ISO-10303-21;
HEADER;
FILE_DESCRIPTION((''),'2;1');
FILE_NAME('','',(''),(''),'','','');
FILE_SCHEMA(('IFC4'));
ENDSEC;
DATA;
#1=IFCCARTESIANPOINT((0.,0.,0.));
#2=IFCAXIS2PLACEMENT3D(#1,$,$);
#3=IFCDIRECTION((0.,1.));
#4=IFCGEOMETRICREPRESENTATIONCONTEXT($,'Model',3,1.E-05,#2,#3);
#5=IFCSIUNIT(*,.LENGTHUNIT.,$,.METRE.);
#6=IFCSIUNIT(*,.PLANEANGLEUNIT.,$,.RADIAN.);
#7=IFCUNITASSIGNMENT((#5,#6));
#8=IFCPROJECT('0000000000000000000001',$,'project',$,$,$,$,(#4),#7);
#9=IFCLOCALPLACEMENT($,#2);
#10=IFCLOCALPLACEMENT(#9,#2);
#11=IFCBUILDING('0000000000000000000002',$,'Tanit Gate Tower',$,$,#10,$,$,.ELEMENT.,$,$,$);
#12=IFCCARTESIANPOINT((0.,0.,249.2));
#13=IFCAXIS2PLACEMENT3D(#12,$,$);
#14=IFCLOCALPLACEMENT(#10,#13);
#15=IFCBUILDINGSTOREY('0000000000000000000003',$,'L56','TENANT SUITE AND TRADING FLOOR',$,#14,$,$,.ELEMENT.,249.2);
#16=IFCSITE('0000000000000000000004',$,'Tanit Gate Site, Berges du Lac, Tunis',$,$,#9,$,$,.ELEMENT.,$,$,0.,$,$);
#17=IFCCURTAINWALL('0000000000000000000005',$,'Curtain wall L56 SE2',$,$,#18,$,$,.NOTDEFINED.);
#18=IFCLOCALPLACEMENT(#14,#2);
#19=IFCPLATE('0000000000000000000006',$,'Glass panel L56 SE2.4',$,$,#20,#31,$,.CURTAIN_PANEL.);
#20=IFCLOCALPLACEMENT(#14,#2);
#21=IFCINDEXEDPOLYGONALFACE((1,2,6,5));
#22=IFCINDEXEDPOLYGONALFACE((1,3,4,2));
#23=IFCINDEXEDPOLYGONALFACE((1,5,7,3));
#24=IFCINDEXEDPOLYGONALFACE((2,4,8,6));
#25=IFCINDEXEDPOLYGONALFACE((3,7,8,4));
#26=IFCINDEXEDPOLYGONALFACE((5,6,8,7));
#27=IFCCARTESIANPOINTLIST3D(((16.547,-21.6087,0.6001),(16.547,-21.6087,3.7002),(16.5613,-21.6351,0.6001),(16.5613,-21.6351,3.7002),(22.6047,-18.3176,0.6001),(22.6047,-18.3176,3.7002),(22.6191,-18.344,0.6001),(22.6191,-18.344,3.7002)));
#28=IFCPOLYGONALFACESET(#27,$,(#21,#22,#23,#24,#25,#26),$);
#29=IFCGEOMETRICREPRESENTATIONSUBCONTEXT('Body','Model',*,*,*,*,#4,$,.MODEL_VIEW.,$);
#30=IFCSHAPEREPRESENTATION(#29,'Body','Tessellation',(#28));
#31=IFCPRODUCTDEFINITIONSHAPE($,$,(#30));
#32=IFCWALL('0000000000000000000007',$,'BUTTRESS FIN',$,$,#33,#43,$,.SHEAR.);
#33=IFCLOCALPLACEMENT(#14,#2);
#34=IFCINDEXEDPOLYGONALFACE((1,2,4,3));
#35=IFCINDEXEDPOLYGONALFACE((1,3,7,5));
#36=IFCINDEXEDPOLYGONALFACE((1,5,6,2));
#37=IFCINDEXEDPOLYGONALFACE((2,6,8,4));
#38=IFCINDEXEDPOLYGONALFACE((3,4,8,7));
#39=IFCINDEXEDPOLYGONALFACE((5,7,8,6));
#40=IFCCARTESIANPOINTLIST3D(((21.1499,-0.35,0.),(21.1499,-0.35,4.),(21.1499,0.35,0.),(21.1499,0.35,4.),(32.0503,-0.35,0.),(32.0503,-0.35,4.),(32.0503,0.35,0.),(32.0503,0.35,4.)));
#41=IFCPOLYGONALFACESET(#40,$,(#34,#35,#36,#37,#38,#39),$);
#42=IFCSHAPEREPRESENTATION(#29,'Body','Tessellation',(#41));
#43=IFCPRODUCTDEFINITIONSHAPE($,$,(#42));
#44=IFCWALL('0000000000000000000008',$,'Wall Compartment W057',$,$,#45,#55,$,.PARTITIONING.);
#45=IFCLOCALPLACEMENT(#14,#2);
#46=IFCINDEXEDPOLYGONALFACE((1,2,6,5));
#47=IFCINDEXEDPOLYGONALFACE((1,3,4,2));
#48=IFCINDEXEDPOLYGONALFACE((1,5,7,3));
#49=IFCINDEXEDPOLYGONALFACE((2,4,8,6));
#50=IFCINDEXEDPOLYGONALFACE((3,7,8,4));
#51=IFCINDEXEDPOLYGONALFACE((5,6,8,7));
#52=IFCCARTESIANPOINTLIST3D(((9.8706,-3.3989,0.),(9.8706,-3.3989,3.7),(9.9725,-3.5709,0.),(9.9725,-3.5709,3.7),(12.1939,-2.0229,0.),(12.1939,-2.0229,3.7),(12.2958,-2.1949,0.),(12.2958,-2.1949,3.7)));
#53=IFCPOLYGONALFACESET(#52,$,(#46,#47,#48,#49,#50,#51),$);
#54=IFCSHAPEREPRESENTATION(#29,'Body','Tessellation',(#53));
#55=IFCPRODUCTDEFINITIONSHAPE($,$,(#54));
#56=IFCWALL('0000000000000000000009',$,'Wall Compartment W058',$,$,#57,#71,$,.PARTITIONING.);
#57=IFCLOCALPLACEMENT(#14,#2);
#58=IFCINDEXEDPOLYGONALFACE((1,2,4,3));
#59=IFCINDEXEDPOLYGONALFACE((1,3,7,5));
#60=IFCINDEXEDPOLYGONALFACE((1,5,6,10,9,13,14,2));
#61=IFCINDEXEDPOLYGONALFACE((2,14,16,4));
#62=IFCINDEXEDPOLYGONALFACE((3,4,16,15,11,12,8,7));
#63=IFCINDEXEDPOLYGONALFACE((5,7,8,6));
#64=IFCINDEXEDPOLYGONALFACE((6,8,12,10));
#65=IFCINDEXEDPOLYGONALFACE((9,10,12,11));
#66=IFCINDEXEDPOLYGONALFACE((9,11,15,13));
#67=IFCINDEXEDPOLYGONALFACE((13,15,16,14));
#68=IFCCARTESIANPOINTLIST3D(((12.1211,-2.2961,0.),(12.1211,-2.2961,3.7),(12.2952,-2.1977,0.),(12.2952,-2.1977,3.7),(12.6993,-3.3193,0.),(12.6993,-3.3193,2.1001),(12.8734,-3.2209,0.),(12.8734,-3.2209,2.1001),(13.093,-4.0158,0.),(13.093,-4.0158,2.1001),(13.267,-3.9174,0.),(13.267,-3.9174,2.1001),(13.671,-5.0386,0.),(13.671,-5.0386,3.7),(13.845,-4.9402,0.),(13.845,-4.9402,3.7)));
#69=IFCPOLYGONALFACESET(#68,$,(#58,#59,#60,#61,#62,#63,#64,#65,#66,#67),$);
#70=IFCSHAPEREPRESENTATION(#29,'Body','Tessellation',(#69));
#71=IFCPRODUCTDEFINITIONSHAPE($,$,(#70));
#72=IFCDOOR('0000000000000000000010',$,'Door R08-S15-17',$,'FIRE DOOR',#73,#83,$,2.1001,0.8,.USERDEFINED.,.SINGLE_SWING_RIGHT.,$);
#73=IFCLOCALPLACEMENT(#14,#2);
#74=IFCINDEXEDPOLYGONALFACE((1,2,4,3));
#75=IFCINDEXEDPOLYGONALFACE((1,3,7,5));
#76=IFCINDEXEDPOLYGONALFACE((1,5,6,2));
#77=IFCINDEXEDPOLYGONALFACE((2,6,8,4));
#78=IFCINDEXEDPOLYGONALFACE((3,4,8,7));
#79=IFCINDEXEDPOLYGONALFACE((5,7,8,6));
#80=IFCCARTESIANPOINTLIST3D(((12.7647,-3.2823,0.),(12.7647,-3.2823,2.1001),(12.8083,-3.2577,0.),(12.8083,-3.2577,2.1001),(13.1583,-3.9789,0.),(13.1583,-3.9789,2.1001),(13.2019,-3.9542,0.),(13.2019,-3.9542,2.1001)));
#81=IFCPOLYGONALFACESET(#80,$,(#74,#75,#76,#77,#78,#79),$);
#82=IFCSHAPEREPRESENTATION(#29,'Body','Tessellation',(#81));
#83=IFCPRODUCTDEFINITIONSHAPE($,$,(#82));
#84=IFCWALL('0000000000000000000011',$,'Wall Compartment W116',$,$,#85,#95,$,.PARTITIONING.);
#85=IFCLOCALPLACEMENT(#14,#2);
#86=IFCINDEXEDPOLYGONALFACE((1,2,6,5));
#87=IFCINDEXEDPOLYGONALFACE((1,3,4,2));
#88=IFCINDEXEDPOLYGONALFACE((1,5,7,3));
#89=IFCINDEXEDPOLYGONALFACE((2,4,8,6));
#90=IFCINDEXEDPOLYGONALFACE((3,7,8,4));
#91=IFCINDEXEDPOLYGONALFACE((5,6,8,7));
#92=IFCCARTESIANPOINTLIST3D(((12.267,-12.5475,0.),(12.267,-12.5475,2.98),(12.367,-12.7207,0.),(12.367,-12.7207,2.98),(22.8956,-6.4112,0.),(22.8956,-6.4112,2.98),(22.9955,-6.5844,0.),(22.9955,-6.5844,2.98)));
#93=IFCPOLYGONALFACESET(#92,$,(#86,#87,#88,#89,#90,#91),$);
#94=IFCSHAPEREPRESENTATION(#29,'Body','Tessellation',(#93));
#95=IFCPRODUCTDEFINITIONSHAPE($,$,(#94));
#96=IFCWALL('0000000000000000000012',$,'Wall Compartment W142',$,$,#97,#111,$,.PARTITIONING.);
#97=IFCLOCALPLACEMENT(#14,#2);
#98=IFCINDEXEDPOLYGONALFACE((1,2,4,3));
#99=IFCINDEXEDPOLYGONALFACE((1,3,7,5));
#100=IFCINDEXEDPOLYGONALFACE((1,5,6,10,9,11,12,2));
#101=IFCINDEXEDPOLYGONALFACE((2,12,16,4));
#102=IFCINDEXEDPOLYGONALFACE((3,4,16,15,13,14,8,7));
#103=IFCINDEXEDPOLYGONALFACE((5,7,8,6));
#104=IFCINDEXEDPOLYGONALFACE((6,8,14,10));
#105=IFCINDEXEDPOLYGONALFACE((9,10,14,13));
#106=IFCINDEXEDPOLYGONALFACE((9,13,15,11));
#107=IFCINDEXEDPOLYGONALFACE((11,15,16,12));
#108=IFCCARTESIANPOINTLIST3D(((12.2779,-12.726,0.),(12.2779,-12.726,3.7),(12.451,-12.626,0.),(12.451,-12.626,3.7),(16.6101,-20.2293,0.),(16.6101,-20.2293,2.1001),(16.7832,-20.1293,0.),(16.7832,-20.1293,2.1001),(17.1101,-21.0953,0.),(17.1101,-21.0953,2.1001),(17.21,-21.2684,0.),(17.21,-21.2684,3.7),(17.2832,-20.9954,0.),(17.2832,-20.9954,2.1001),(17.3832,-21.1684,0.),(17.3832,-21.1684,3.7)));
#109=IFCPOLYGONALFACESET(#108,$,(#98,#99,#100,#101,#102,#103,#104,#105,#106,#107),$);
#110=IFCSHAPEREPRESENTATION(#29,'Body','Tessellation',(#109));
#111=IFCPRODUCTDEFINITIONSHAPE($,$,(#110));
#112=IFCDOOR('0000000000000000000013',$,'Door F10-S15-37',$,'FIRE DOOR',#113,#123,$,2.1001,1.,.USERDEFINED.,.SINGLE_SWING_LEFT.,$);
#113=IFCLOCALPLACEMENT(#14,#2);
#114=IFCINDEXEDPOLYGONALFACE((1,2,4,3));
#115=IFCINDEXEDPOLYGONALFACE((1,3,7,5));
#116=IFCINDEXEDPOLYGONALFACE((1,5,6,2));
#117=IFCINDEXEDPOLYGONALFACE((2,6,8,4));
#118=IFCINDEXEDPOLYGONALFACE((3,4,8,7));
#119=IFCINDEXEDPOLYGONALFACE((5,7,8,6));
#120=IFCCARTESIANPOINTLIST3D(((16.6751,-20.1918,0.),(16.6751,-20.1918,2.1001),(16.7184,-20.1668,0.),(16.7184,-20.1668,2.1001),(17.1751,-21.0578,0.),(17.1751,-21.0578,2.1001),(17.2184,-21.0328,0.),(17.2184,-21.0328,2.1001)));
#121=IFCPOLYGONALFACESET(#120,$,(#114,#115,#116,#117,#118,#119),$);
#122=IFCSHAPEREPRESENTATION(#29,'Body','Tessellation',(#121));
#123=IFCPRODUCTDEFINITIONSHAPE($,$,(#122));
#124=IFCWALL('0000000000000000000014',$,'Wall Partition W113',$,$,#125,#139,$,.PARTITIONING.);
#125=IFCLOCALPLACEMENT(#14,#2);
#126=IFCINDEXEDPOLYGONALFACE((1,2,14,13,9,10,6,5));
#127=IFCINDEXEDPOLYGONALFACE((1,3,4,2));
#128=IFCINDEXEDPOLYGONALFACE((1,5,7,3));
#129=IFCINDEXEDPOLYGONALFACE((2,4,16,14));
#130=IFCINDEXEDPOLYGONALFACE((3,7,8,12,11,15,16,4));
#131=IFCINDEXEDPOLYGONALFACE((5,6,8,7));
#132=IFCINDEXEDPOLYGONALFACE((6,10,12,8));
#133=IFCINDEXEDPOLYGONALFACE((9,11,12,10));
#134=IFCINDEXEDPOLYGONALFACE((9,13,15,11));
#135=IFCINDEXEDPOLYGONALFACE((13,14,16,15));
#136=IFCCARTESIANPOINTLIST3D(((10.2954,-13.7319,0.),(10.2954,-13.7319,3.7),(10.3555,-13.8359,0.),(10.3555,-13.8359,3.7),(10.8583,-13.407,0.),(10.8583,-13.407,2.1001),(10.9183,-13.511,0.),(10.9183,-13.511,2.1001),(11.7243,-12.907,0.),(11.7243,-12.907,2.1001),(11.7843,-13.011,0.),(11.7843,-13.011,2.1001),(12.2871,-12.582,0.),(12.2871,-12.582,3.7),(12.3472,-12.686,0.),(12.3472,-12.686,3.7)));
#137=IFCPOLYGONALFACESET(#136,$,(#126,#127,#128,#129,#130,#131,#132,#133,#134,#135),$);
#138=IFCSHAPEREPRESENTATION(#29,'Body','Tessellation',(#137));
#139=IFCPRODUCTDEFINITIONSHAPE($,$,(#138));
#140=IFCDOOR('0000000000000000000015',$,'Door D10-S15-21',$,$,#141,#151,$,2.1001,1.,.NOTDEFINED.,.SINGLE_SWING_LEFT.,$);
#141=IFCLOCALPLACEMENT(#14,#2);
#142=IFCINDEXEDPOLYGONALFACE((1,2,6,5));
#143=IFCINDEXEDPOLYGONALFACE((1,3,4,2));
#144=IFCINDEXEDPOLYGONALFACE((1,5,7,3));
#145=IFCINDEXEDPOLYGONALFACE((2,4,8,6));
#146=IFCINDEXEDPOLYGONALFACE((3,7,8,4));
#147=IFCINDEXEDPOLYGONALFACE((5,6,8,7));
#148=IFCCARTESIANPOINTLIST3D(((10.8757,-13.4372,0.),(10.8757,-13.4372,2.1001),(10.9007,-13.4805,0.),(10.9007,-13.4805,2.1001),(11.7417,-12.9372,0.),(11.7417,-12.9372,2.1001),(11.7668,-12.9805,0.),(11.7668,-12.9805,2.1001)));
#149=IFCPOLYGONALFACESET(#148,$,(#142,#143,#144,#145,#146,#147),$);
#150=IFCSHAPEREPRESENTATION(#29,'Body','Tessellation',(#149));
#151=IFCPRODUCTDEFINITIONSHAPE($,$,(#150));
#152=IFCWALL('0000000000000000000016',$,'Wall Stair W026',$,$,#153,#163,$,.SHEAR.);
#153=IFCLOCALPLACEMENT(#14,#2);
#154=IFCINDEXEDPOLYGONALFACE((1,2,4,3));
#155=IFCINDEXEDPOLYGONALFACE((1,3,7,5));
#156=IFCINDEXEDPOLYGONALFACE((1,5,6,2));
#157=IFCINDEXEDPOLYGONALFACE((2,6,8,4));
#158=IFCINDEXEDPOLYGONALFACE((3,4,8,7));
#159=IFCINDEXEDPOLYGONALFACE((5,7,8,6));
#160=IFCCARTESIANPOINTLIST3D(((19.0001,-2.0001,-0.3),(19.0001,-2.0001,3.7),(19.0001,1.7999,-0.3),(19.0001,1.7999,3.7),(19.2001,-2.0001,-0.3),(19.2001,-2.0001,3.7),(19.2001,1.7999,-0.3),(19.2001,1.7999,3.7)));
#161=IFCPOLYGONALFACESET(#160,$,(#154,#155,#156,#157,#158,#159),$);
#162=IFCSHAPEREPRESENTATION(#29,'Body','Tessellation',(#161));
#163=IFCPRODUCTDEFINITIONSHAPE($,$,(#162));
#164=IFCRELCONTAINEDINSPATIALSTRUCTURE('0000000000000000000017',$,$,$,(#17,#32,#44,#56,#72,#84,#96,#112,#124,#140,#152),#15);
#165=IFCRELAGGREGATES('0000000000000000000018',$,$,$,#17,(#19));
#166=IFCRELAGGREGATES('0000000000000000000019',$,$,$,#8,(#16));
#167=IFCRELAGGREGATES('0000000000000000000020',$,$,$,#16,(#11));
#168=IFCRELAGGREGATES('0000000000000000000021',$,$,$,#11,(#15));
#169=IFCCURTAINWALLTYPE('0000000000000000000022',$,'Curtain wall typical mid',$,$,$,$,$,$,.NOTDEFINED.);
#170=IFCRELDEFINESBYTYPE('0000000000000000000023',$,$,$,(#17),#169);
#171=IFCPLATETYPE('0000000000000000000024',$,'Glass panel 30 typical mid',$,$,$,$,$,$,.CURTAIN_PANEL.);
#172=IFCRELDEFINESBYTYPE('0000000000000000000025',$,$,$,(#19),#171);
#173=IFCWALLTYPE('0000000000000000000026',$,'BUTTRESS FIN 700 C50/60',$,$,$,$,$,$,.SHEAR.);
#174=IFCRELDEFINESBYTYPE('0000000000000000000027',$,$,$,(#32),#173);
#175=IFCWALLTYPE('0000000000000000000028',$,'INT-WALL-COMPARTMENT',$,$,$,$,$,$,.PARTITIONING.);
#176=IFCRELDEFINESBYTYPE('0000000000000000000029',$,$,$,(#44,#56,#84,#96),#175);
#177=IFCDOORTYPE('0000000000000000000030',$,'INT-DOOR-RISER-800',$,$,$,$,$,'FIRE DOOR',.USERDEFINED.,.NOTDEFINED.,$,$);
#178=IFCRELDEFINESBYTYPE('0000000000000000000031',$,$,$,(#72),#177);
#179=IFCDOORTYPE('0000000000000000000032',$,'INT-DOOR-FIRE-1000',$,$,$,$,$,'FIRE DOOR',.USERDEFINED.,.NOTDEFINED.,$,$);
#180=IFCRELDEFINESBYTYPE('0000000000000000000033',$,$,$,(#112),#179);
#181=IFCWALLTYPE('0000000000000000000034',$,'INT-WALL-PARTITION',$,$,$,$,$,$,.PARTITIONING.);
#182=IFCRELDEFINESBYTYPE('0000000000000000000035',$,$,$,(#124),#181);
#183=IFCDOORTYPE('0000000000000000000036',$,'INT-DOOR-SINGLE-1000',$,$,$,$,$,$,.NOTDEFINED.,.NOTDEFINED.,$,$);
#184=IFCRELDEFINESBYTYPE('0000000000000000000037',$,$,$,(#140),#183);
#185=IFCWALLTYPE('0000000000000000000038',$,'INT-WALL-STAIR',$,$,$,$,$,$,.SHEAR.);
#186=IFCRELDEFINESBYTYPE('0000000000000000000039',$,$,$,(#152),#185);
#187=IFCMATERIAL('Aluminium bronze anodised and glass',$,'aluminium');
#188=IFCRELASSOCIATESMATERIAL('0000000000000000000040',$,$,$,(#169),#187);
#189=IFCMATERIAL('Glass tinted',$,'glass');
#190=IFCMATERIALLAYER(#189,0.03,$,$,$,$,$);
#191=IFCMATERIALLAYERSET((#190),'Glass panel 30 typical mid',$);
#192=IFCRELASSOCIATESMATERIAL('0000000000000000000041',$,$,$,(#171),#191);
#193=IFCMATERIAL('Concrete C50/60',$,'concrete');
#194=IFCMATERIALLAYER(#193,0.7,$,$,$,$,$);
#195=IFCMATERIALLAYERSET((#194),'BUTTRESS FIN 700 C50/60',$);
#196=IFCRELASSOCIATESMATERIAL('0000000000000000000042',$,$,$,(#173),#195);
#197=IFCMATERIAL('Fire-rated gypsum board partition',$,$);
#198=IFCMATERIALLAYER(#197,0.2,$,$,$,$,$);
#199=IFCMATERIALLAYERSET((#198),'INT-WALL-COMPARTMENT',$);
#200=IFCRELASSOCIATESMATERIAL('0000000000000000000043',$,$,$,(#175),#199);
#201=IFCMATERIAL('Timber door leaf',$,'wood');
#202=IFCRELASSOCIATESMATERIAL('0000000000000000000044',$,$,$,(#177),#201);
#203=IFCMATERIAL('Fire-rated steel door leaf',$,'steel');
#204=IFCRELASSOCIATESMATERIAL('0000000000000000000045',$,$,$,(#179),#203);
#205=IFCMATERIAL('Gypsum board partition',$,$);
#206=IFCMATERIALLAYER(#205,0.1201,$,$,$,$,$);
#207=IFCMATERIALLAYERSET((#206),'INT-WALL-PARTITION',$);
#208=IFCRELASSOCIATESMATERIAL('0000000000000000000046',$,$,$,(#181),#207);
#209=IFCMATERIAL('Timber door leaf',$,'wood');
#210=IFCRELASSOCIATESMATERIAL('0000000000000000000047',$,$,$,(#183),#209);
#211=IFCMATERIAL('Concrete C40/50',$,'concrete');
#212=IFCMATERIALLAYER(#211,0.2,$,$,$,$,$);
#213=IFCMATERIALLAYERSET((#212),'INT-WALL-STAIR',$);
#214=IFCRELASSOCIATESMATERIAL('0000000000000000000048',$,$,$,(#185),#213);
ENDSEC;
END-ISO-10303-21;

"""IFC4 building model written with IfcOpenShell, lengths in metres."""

from ifc_helpers import new_model, si_unit, direction, frame, frame_2d, origin, origin_2d, place, context, subcontext, project, spatial, rectangle, extrude, material, layer, layer_set, type_object, element, fill, aggregate, save


model = new_model("IFC4")

# Units and contexts
model_context = context("Model", 3, precision=1e-05, world=origin(), true_north=direction((0.0, 1.0)))
body_context = subcontext(model_context, "Body", "Model", "MODEL_VIEW")
ifc_project = project(units=[si_unit("LENGTHUNIT", "METRE"), si_unit("PLANEANGLEUNIT", "RADIAN")], contexts=[model_context])

# Site, building, storey
site_placement = place(None, origin())
site = spatial("IfcSite", under=ifc_project, at=site_placement, Name="Tanit Gate Site, Berges du Lac, Tunis", CompositionType="ELEMENT", RefElevation=0.0)
building_placement = place(site_placement, origin())
building = spatial("IfcBuilding", under=site, at=building_placement, Name="Tanit Gate Tower", CompositionType="ELEMENT")
storey_placement = place(building_placement, frame((0.0, 0.0, 249.2)))
storey = spatial("IfcBuildingStorey", under=building, at=storey_placement, Name="L56", Description="TENANT SUITE AND TRADING FLOOR", CompositionType="ELEMENT", Elevation=249.2)

# Curtain wall
ifc_material_1 = material(Name="Aluminium bronze anodised and glass", Category="aluminium")
curtain_wall_type = type_object("IfcCurtainWallType", Name="Curtain wall typical mid", PredefinedType="NOTDEFINED", material=ifc_material_1)
curtain_wall_placement = place(storey_placement, origin())
curtain_wall = element("IfcCurtainWall", 1, at=curtain_wall_placement, inside=storey, type_object=curtain_wall_type, Name="Curtain wall L56 SE2", PredefinedType="NOTDEFINED")

# Plate
ifc_material_2 = material(Name="Glass tinted", Category="glass")
ifc_layer_1 = layer(ifc_material_2, 0.03)
ifc_layer_set_1 = layer_set([ifc_layer_1], Name="Glass panel 30 typical mid")
plate_type = type_object("IfcPlateType", Name="Glass panel 30 typical mid", PredefinedType="CURTAIN_PANEL", material=ifc_layer_set_1)
plate_1_placement = place(storey_placement, frame((19.583, -19.9763, 0.6001), z_axis=(0.0, 0.0, 1.0), x_axis=(0.878696, 0.477381, 0.0)))
plate_1 = element("IfcPlate", 2, at=plate_1_placement, type_object=plate_type, Name="Glass panel L56 SE2.4", PredefinedType="CURTAIN_PANEL", context=body_context, shape_type="SweptSolid", body=[
    extrude(rectangle(XDim=6.894, YDim=0.03, at=origin_2d()), origin(), (0.0, 0.0, 1.0), 3.1001),
])
aggregate(curtain_wall, [plate_1])

# Walls
ifc_material_3 = material(Name="Concrete C50/60", Category="concrete")
ifc_layer_2 = layer(ifc_material_3, 0.7)
ifc_layer_set_2 = layer_set([ifc_layer_2], Name="BUTTRESS FIN 700 C50/60")
wall_type_1 = type_object("IfcWallType", Name="BUTTRESS FIN 700 C50/60", PredefinedType="SHEAR", material=ifc_layer_set_2)
wall_1_placement = place(storey_placement, frame((21.1499, 0.0, 0.0), z_axis=(0.0, 0.0, 1.0), x_axis=(1.0, 0.0, 0.0)))
element("IfcWall", 3, at=wall_1_placement, inside=storey, type_object=wall_type_1, Name="BUTTRESS FIN", PredefinedType="SHEAR", context=body_context, shape_type="SweptSolid", body=[
    extrude(rectangle(XDim=10.9004, YDim=0.7, at=frame_2d((5.4502, 0.0))), origin(), (0.0, 0.0, 1.0), 4.0),
])
ifc_material_4 = material(Name="Fire-rated gypsum board partition")
ifc_layer_3 = layer(ifc_material_4, 0.2)
ifc_layer_set_3 = layer_set([ifc_layer_3], Name="INT-WALL-COMPARTMENT")
wall_type_2 = type_object("IfcWallType", Name="INT-WALL-COMPARTMENT", PredefinedType="PARTITIONING", material=ifc_layer_set_3)
wall_2_placement = place(storey_placement, frame((12.2449, -2.1089, 0.0), z_axis=(0.0, 0.0, 1.0), x_axis=(-0.860415, -0.509594, 0.0)))
element("IfcWall", 4, at=wall_2_placement, inside=storey, type_object=wall_type_2, Name="Wall Compartment W057", PredefinedType="PARTITIONING", context=body_context, shape_type="SweptSolid", body=[
    extrude(rectangle(XDim=2.7002, YDim=0.2, at=frame_2d((1.3501, 0.0))), origin(), (0.0, 0.0, 1.0), 3.7),
])

# Wall, opening, door
wall_3_placement = place(storey_placement, frame((13.7581, -4.9895, 0.0), z_axis=(0.0, 0.0, 1.0), x_axis=(-0.491993, 0.870599, 0.0)))
wall_3 = element("IfcWall", 5, at=wall_3_placement, inside=storey, type_object=wall_type_2, Name="Wall Compartment W058", PredefinedType="PARTITIONING", context=body_context, shape_type="SweptSolid", body=[
    extrude(rectangle(XDim=3.1501, YDim=0.2, at=frame_2d((1.5752, 0.0))), origin(), (0.0, 0.0, 1.0), 3.7),
])
opening_1_placement = place(wall_3_placement, frame((1.175, 0.0, 0.0)))
opening_1 = element("IfcOpeningElement", 6, at=opening_1_placement, cuts=wall_3, PredefinedType="OPENING", context=body_context, shape_type="SweptSolid", body=[
    extrude(rectangle(XDim=0.8, YDim=2.1001, at=frame_2d((0.3999, 1.05))), frame((0.0, 0.1099, 0.0), z_axis=(0.0, -1.0, 0.0), x_axis=(1.0, 0.0, 0.0)), (0.0, 0.0, 1.0), 0.22),
])
ifc_material_5 = material(Name="Timber door leaf", Category="wood")
door_type_1 = type_object("IfcDoorType", Name="INT-DOOR-RISER-800", ElementType="FIRE DOOR", OperationType="NOTDEFINED", PredefinedType="USERDEFINED", material=ifc_material_5)
door_1_placement = place(opening_1_placement, origin())
door_1 = element("IfcDoor", 7, at=door_1_placement, inside=storey, type_object=door_type_1, Name="Door R08-S15-17", ObjectType="FIRE DOOR", OperationType="SINGLE_SWING_RIGHT", OverallHeight=2.1001, OverallWidth=0.8, PredefinedType="USERDEFINED", context=body_context, shape_type="SweptSolid", body=[
    extrude(rectangle(XDim=0.8, YDim=2.1001, at=frame_2d((0.3999, 1.05))), frame((0.0, 0.0249, 0.0), z_axis=(0.0, -1.0, 0.0), x_axis=(1.0, 0.0, 0.0)), (0.0, 0.0, 1.0), 0.05),
])
fill(opening_1, door_1)

# Wall
wall_4_placement = place(storey_placement, frame((12.3171, -12.634, 0.0), z_axis=(0.0, 0.0, 1.0), x_axis=(0.866029, 0.499995, 0.0)))
element("IfcWall", 8, at=wall_4_placement, inside=storey, type_object=wall_type_2, Name="Wall Compartment W116", PredefinedType="PARTITIONING", context=body_context, shape_type="SweptSolid", body=[
    extrude(rectangle(XDim=12.2727, YDim=0.2, at=frame_2d((6.1362, 0.0))), origin(), (0.0, 0.0, 1.0), 2.98),
])

# Walls, openings, doors
wall_5_placement = place(storey_placement, frame((17.2966, -21.2185, 0.0), z_axis=(0.0, 0.0, 1.0), x_axis=(-0.50001, 0.86602, 0.0)))
wall_5 = element("IfcWall", 9, at=wall_5_placement, inside=storey, type_object=wall_type_2, Name="Wall Compartment W142", PredefinedType="PARTITIONING", context=body_context, shape_type="SweptSolid", body=[
    extrude(rectangle(XDim=9.864, YDim=0.2, at=frame_2d((4.9321, 0.0))), origin(), (0.0, 0.0, 1.0), 3.7),
])
opening_2_placement = place(wall_5_placement, frame((0.2, 0.0, 0.0)))
opening_2 = element("IfcOpeningElement", 10, at=opening_2_placement, cuts=wall_5, PredefinedType="OPENING", context=body_context, shape_type="SweptSolid", body=[
    extrude(rectangle(XDim=1.0, YDim=2.1001, at=frame_2d((0.5, 1.05))), frame((0.0, 0.1099, 0.0), z_axis=(0.0, -1.0, 0.0), x_axis=(1.0, 0.0, 0.0)), (0.0, 0.0, 1.0), 0.22),
])
ifc_material_6 = material(Name="Fire-rated steel door leaf", Category="steel")
door_type_2 = type_object("IfcDoorType", Name="INT-DOOR-FIRE-1000", ElementType="FIRE DOOR", OperationType="NOTDEFINED", PredefinedType="USERDEFINED", material=ifc_material_6)
door_2_placement = place(opening_2_placement, origin())
door_2 = element("IfcDoor", 11, at=door_2_placement, inside=storey, type_object=door_type_2, Name="Door F10-S15-37", ObjectType="FIRE DOOR", OperationType="SINGLE_SWING_LEFT", OverallHeight=2.1001, OverallWidth=1.0, PredefinedType="USERDEFINED", context=body_context, shape_type="SweptSolid", body=[
    extrude(rectangle(XDim=1.0, YDim=2.1001, at=frame_2d((0.5, 1.05))), frame((0.0, 0.0249, 0.0), z_axis=(0.0, -1.0, 0.0), x_axis=(1.0, 0.0, 0.0)), (0.0, 0.0, 1.0), 0.05),
])
fill(opening_2, door_2)
ifc_material_7 = material(Name="Gypsum board partition")
ifc_layer_4 = layer(ifc_material_7, 0.1201)
ifc_layer_set_4 = layer_set([ifc_layer_4], Name="INT-WALL-PARTITION")
wall_type_3 = type_object("IfcWallType", Name="INT-WALL-PARTITION", PredefinedType="PARTITIONING", material=ifc_layer_set_4)
wall_6_placement = place(storey_placement, frame((12.3171, -12.634, 0.0), z_axis=(0.0, 0.0, 1.0), x_axis=(-0.866026, -0.499998, 0.0)))
wall_6 = element("IfcWall", 12, at=wall_6_placement, inside=storey, type_object=wall_type_3, Name="Wall Partition W113", PredefinedType="PARTITIONING", context=body_context, shape_type="SweptSolid", body=[
    extrude(rectangle(XDim=2.2998, YDim=0.1201, at=frame_2d((1.1499, 0.0))), origin(), (0.0, 0.0, 1.0), 3.7),
])
opening_3_placement = place(wall_6_placement, frame((0.6499, 0.0, 0.0)))
opening_3 = element("IfcOpeningElement", 13, at=opening_3_placement, cuts=wall_6, PredefinedType="OPENING", context=body_context, shape_type="SweptSolid", body=[
    extrude(rectangle(XDim=1.0, YDim=2.1001, at=frame_2d((0.5, 1.05))), frame((0.0, 0.0701, 0.0), z_axis=(0.0, -1.0, 0.0), x_axis=(1.0, 0.0, 0.0)), (0.0, 0.0, 1.0), 0.1401),
])
ifc_material_8 = material(Name="Timber door leaf", Category="wood")
door_type_3 = type_object("IfcDoorType", Name="INT-DOOR-SINGLE-1000", OperationType="NOTDEFINED", PredefinedType="NOTDEFINED", material=ifc_material_8)
door_3_placement = place(opening_3_placement, origin())
door_3 = element("IfcDoor", 14, at=door_3_placement, inside=storey, type_object=door_type_3, Name="Door D10-S15-21", OperationType="SINGLE_SWING_LEFT", OverallHeight=2.1001, OverallWidth=1.0, PredefinedType="NOTDEFINED", context=body_context, shape_type="SweptSolid", body=[
    extrude(rectangle(XDim=1.0, YDim=2.1001, at=frame_2d((0.5, 1.05))), frame((0.0, 0.0249, 0.0), z_axis=(0.0, -1.0, 0.0), x_axis=(1.0, 0.0, 0.0)), (0.0, 0.0, 1.0), 0.05),
])
fill(opening_3, door_3)

# Wall
ifc_material_9 = material(Name="Concrete C40/50", Category="concrete")
ifc_layer_5 = layer(ifc_material_9, 0.2)
ifc_layer_set_5 = layer_set([ifc_layer_5], Name="INT-WALL-STAIR")
wall_type_4 = type_object("IfcWallType", Name="INT-WALL-STAIR", PredefinedType="SHEAR", material=ifc_layer_set_5)
wall_7_placement = place(storey_placement, frame((19.1001, -2.0, -0.3), z_axis=(0.0, 0.0, 1.0), x_axis=(0.0, 1.0, 0.0)))
element("IfcWall", 15, at=wall_7_placement, inside=storey, type_object=wall_type_4, Name="Wall Stair W026", PredefinedType="SHEAR", context=body_context, shape_type="SweptSolid", body=[
    extrude(rectangle(XDim=3.8, YDim=0.2, at=frame_2d((1.8999, 0.0))), origin(), (0.0, 0.0, 1.0), 4.0),
])

save(model, "model.ifc")
